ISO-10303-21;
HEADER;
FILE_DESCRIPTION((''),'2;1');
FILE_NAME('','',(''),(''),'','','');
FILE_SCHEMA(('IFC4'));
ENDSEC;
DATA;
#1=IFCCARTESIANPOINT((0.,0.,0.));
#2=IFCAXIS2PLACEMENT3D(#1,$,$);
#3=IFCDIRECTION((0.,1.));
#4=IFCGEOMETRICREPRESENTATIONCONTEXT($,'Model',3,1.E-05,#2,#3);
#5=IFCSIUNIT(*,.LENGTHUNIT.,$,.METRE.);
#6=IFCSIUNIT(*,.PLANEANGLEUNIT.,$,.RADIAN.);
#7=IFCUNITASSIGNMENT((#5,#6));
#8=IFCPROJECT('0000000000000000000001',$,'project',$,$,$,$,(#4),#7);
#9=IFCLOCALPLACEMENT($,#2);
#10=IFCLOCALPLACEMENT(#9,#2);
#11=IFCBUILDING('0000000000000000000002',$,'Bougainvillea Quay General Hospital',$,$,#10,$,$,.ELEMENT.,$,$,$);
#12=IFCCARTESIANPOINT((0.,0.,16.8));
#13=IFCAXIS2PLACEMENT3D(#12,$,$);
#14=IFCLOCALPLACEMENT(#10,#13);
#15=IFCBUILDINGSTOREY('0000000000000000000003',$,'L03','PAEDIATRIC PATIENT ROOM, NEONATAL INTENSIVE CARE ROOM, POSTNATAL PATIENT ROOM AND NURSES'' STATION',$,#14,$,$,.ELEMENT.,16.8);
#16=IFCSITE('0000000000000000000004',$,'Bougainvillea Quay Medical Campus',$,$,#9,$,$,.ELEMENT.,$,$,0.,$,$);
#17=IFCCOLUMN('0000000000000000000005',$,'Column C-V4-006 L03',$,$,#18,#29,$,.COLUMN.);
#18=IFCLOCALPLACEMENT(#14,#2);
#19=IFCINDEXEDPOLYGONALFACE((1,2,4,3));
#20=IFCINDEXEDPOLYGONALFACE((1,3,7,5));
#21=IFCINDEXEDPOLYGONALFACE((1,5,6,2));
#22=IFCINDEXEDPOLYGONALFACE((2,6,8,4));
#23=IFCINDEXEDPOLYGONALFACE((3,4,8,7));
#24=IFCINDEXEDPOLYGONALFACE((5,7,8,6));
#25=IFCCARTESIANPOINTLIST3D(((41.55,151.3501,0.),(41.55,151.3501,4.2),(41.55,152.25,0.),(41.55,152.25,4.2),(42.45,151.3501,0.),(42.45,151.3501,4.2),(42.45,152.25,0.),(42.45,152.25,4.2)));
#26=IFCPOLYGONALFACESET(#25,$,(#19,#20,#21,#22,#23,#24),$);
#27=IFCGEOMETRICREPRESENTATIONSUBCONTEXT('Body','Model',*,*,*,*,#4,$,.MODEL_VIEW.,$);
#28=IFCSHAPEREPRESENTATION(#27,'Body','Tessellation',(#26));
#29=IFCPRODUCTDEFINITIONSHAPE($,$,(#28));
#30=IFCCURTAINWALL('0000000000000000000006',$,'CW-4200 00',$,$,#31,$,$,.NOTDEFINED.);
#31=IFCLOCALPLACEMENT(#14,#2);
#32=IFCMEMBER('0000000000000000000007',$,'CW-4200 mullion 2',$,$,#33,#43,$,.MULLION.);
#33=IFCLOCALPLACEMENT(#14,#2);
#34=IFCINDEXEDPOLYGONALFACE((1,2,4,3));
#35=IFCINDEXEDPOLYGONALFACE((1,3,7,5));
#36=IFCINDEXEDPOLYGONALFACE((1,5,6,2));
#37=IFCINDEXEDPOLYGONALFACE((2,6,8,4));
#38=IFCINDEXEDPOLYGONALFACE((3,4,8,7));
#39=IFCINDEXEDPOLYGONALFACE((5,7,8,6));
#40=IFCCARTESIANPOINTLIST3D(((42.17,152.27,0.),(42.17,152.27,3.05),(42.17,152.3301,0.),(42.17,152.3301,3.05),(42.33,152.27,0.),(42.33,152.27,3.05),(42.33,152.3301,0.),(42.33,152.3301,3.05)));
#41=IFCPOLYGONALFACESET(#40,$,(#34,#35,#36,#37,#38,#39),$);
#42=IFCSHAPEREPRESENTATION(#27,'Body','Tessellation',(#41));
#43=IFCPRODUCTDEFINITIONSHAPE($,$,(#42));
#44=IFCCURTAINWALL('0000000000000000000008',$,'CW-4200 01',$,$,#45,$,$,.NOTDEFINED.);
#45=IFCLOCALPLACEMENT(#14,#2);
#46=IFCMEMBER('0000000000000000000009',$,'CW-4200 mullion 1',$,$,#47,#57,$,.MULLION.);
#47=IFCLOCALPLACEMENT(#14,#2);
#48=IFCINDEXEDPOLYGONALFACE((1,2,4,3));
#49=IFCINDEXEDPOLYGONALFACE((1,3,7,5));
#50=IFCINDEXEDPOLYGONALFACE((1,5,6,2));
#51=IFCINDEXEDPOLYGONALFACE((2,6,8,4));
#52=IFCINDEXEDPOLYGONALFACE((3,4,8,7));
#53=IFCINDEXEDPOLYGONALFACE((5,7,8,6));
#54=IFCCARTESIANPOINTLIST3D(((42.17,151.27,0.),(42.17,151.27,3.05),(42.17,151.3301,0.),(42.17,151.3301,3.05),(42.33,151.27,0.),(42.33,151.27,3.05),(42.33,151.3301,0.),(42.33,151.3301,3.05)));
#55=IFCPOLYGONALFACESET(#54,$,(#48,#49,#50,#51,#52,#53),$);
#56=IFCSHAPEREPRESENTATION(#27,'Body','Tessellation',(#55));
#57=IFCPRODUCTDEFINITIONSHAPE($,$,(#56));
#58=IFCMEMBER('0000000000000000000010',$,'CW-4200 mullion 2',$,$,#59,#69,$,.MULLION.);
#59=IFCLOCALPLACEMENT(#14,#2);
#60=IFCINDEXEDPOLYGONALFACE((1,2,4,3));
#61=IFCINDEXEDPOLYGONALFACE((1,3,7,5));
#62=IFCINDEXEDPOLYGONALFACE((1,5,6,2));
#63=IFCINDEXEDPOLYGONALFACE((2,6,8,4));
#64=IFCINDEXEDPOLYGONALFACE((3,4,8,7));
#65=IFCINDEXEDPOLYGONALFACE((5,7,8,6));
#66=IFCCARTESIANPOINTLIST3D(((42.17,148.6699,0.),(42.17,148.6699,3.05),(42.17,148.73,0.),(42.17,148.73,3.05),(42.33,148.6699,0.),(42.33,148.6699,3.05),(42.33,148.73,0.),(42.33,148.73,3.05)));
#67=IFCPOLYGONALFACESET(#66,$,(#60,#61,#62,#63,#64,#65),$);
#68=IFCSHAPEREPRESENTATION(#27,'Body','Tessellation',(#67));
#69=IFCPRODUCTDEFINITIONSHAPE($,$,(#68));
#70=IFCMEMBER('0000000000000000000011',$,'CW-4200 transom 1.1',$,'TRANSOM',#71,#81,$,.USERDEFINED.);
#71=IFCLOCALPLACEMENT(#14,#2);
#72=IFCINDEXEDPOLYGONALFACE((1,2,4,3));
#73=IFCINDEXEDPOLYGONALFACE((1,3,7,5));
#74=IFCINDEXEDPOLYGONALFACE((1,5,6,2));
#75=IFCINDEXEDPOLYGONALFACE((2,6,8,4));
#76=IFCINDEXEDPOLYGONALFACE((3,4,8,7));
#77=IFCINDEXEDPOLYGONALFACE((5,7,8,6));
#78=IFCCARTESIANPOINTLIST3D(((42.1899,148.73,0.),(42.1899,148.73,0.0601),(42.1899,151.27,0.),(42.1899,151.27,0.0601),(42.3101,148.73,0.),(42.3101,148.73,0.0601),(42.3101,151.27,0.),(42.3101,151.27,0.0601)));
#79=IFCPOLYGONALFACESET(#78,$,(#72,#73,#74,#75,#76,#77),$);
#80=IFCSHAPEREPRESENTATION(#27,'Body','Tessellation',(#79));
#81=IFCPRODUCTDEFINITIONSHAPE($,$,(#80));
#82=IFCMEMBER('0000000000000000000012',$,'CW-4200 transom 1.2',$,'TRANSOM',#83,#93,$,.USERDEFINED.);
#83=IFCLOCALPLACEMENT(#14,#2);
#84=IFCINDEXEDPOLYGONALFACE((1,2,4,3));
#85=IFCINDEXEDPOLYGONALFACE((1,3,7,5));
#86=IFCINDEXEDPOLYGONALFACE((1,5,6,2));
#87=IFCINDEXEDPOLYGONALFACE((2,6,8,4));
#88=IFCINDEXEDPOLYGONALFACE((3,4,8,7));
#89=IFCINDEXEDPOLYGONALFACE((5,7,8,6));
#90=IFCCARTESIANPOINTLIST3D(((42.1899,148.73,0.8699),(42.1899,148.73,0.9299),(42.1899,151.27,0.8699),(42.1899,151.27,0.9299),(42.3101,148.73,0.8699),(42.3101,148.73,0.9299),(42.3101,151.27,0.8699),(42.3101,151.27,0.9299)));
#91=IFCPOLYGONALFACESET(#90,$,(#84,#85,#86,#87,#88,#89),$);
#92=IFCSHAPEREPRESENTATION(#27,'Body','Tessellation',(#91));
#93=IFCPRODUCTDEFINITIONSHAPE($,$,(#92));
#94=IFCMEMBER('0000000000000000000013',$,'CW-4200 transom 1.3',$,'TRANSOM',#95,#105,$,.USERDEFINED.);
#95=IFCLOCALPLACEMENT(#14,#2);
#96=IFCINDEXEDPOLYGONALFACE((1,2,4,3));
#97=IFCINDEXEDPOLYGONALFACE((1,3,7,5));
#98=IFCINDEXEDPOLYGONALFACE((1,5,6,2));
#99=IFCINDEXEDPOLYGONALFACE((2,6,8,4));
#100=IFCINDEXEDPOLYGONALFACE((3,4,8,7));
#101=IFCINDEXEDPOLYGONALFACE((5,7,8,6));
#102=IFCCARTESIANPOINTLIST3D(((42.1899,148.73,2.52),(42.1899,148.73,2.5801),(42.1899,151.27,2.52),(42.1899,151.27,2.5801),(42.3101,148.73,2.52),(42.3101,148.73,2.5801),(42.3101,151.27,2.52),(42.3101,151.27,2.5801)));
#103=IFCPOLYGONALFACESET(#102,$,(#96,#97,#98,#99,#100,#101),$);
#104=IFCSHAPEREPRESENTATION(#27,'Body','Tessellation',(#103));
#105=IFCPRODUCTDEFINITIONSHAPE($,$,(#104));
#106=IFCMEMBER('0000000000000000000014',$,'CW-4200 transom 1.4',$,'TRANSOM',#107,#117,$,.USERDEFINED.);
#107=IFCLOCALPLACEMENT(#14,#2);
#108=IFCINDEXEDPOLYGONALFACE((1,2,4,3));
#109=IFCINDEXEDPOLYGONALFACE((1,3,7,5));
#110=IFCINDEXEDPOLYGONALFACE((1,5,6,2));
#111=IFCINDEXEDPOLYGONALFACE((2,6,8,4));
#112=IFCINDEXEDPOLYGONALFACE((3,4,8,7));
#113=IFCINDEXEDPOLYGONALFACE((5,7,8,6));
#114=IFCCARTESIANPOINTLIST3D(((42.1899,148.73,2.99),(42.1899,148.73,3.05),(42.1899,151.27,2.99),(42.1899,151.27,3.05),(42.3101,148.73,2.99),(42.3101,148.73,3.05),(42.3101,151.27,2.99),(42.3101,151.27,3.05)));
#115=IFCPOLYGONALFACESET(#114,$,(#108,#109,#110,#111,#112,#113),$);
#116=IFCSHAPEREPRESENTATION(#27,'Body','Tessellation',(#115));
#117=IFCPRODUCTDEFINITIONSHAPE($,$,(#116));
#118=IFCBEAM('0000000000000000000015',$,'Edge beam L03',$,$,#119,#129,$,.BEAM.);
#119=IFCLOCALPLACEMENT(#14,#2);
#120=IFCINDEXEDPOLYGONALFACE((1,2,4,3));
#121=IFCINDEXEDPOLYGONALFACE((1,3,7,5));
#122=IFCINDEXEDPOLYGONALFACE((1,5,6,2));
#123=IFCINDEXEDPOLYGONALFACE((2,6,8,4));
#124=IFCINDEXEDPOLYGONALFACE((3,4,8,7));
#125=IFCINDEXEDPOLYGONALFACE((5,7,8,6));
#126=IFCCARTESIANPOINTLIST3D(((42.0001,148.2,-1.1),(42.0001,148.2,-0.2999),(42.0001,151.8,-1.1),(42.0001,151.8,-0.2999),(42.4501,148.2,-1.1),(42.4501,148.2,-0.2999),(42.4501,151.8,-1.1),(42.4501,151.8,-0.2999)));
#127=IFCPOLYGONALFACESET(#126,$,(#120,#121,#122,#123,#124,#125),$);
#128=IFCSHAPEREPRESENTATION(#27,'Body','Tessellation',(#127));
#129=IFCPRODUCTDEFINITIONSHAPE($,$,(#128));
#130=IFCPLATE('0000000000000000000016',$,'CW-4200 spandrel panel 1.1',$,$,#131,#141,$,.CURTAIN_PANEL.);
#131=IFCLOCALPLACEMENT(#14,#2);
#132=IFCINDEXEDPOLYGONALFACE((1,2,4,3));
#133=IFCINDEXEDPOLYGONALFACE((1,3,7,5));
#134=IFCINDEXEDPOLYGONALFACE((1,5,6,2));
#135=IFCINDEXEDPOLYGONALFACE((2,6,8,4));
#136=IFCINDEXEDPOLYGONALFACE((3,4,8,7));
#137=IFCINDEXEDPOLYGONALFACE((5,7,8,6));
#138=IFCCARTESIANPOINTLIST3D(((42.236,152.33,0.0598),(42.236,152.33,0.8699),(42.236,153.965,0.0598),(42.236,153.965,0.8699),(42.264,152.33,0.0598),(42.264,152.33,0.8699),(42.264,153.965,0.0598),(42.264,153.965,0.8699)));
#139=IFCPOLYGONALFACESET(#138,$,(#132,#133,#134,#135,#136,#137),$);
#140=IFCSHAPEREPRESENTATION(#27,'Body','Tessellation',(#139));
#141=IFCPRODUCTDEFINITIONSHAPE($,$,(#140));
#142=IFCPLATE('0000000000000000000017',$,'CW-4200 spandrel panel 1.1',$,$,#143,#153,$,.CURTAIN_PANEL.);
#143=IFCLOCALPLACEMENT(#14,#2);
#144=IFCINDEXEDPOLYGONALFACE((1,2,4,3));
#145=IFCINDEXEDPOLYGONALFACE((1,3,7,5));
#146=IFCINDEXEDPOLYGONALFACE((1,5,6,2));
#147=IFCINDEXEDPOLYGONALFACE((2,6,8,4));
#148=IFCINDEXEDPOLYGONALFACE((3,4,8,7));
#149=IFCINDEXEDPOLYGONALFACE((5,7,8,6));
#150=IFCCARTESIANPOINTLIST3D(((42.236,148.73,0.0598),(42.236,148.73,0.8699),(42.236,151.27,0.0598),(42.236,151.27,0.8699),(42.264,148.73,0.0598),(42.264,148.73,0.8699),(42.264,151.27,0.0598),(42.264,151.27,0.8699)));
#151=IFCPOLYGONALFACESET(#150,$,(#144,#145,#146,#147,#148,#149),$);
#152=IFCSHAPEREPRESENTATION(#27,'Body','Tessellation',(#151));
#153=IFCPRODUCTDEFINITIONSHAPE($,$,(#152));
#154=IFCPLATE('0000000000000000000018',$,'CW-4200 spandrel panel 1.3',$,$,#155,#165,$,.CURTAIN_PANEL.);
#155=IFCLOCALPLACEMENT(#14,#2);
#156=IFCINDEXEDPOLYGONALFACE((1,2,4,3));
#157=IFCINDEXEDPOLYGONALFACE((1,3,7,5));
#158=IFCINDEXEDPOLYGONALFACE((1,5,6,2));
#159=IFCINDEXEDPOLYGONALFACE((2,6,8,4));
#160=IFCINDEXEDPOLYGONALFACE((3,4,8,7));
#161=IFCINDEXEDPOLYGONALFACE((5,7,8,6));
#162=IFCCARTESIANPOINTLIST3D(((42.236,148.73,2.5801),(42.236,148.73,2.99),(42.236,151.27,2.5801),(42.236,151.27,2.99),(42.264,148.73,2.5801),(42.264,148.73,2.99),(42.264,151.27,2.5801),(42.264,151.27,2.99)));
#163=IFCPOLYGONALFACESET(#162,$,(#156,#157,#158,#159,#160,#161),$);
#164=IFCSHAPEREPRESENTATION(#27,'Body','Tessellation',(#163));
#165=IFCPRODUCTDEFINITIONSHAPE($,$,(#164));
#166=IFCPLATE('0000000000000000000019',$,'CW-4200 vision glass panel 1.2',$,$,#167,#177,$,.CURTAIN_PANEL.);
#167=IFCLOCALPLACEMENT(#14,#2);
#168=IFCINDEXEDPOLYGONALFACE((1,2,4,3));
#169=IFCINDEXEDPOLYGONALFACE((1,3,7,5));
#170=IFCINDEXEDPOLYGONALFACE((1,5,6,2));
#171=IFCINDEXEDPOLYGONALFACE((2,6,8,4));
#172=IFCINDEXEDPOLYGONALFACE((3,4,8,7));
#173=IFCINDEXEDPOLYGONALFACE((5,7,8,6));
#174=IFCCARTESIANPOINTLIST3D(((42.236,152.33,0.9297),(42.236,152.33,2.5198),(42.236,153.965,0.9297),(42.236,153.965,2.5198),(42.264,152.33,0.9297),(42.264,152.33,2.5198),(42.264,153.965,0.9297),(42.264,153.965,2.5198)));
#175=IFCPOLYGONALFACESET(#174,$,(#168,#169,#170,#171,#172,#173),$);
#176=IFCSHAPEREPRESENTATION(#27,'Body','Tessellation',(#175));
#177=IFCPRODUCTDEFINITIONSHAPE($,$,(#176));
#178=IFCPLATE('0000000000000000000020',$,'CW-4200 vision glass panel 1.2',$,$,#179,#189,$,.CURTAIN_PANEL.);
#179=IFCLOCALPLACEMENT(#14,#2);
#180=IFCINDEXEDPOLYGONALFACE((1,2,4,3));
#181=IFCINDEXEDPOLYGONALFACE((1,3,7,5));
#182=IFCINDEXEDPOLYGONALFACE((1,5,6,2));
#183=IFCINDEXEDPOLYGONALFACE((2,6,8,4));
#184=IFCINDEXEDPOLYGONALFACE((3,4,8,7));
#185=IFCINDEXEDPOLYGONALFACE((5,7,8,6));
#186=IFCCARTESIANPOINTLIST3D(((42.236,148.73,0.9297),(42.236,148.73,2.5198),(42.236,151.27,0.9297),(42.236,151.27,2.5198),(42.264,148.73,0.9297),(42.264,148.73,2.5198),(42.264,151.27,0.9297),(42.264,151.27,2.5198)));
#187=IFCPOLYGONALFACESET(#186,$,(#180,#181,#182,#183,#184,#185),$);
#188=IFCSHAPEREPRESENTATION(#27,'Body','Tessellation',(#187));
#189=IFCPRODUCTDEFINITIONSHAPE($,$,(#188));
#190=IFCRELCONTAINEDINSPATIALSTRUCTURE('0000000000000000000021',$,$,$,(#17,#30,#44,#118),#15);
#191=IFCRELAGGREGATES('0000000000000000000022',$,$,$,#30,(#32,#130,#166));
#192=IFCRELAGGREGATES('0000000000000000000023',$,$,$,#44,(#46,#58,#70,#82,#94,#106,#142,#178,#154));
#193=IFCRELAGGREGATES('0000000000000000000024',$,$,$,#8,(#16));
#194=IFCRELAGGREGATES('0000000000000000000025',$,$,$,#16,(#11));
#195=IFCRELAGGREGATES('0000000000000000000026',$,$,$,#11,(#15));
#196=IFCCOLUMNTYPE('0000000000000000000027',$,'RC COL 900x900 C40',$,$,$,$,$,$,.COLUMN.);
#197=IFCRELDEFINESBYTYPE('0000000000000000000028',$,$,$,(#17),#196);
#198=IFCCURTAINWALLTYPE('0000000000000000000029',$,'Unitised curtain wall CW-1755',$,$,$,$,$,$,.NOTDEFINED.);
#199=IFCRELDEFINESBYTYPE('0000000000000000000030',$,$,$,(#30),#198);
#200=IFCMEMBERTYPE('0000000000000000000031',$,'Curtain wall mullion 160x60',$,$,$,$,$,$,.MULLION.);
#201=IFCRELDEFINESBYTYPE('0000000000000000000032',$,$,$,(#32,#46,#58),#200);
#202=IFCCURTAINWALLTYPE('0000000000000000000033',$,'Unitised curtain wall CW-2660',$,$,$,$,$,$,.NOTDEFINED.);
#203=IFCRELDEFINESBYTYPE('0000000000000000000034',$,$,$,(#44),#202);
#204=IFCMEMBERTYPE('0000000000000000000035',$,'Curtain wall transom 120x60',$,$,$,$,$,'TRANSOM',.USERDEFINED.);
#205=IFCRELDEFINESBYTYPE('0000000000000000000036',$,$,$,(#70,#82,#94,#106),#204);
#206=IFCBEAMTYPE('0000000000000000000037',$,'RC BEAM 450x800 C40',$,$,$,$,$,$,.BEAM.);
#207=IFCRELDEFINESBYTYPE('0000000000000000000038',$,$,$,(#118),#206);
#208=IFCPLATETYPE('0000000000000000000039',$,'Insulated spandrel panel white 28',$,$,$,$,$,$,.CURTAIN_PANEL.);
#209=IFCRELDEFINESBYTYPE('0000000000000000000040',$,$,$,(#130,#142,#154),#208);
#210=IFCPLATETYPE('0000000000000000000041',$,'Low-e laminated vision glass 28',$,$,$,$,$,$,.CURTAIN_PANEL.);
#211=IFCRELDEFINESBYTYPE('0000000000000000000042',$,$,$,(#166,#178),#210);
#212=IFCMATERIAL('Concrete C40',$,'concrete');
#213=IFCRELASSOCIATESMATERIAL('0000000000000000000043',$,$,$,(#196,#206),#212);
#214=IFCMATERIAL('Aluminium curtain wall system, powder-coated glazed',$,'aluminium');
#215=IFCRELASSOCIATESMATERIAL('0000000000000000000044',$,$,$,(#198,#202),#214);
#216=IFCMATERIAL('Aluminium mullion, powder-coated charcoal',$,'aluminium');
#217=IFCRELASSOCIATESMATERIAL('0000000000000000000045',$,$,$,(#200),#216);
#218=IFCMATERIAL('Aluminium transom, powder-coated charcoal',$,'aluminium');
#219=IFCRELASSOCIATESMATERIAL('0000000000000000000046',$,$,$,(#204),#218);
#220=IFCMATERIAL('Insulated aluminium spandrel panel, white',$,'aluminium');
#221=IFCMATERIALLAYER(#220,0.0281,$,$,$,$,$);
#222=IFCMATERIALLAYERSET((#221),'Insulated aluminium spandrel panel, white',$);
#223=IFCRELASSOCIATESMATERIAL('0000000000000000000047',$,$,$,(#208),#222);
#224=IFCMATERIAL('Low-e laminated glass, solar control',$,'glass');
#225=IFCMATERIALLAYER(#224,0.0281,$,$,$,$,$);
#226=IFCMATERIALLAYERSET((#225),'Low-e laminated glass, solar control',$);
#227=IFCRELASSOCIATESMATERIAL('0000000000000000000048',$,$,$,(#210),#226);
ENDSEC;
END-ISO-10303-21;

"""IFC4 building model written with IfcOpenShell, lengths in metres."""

from ifc_helpers import new_model, si_unit, direction, frame, origin, origin_2d, place, context, subcontext, project, spatial, rectangle, extrude, material, layer, layer_set, material_profile, profile_set, type_object, element, aggregate, save


model = new_model("IFC4")

# Units and contexts
model_context = context("Model", 3, precision=1e-05, world=origin(), true_north=direction((0.0, 1.0)))
body_context = subcontext(model_context, "Body", "Model", "MODEL_VIEW")
ifc_project = project(units=[si_unit("LENGTHUNIT", "METRE"), si_unit("PLANEANGLEUNIT", "RADIAN")], contexts=[model_context])

# Site, building, storey
site_placement = place(None, origin())
site = spatial("IfcSite", under=ifc_project, at=site_placement, Name="Bougainvillea Quay Medical Campus", CompositionType="ELEMENT", RefElevation=0.0)
building_placement = place(site_placement, origin())
building = spatial("IfcBuilding", under=site, at=building_placement, Name="Bougainvillea Quay General Hospital", CompositionType="ELEMENT")
storey_placement = place(building_placement, frame((0.0, 0.0, 16.8)))
storey = spatial("IfcBuildingStorey", under=building, at=storey_placement, Name="L03", Description="PAEDIATRIC PATIENT ROOM, NEONATAL INTENSIVE CARE ROOM, POSTNATAL PATIENT ROOM AND NURSES' STATION", CompositionType="ELEMENT", Elevation=16.8)

# Column
ifc_material_1 = material(Name="Concrete C40", Category="concrete")
ifc_material_profile_1 = material_profile(ifc_material_1, rectangle(XDim=0.8999, YDim=0.8999, at=origin_2d()))
ifc_profile_set_1 = profile_set([ifc_material_profile_1], Name="Concrete C40")
column_type = type_object("IfcColumnType", Name="RC COL 900x900 C40", PredefinedType="COLUMN", material=ifc_profile_set_1)
column_placement = place(storey_placement, frame((42.0, 151.8, 0.0), z_axis=(0.0, 0.0, 1.0), x_axis=(1.0, 0.0, 0.0)))
element("IfcColumn", 1, at=column_placement, inside=storey, type_object=column_type, Name="Column C-V4-006 L03", PredefinedType="COLUMN", context=body_context, shape_type="SweptSolid", body=[
    extrude(rectangle(XDim=0.8999, YDim=0.8999, at=origin_2d()), origin(), (0.0, 0.0, 1.0), 4.2),
])

# Curtain wall, member
ifc_material_2 = material(Name="Aluminium curtain wall system, powder-coated glazed", Category="aluminium")
curtain_wall_type_1 = type_object("IfcCurtainWallType", Name="Unitised curtain wall CW-1755", PredefinedType="NOTDEFINED", material=ifc_material_2)
curtain_wall_1_placement = place(storey_placement, origin())
curtain_wall_1 = element("IfcCurtainWall", 2, at=curtain_wall_1_placement, inside=storey, type_object=curtain_wall_type_1, Name="CW-4200 00", PredefinedType="NOTDEFINED")
ifc_material_3 = material(Name="Aluminium mullion, powder-coated charcoal", Category="aluminium")
ifc_material_profile_2 = material_profile(ifc_material_3, rectangle(XDim=0.1599, YDim=0.0601, at=origin_2d()))
ifc_profile_set_2 = profile_set([ifc_material_profile_2], Name="Aluminium mullion, powder-coated charcoal")
member_type_1 = type_object("IfcMemberType", Name="Curtain wall mullion 160x60", PredefinedType="MULLION", material=ifc_profile_set_2)
member_1_placement = place(storey_placement, frame((42.25, 152.3, 0.0), z_axis=(0.0, 0.0, 1.0), x_axis=(1.0, 0.0, 0.0)))
member_1 = element("IfcMember", 3, at=member_1_placement, type_object=member_type_1, Name="CW-4200 mullion 2", PredefinedType="MULLION", context=body_context, shape_type="SweptSolid", body=[
    extrude(rectangle(XDim=0.1599, YDim=0.0601, at=origin_2d()), origin(), (0.0, 0.0, 1.0), 3.05),
])

# Curtain wall, members
curtain_wall_type_2 = type_object("IfcCurtainWallType", Name="Unitised curtain wall CW-2660", PredefinedType="NOTDEFINED", material=ifc_material_2)
curtain_wall_2_placement = place(storey_placement, origin())
curtain_wall_2 = element("IfcCurtainWall", 4, at=curtain_wall_2_placement, inside=storey, type_object=curtain_wall_type_2, Name="CW-4200 01", PredefinedType="NOTDEFINED")
member_2_placement = place(storey_placement, frame((42.25, 151.3, 0.0), z_axis=(0.0, 0.0, 1.0), x_axis=(1.0, 0.0, 0.0)))
member_2 = element("IfcMember", 5, at=member_2_placement, type_object=member_type_1, Name="CW-4200 mullion 1", PredefinedType="MULLION", context=body_context, shape_type="SweptSolid", body=[
    extrude(rectangle(XDim=0.1599, YDim=0.0601, at=origin_2d()), origin(), (0.0, 0.0, 1.0), 3.05),
])
member_3_placement = place(storey_placement, frame((42.25, 148.7, 0.0), z_axis=(0.0, 0.0, 1.0), x_axis=(1.0, 0.0, 0.0)))
member_3 = element("IfcMember", 6, at=member_3_placement, type_object=member_type_1, Name="CW-4200 mullion 2", PredefinedType="MULLION", context=body_context, shape_type="SweptSolid", body=[
    extrude(rectangle(XDim=0.1599, YDim=0.0601, at=origin_2d()), origin(), (0.0, 0.0, 1.0), 3.05),
])
ifc_material_4 = material(Name="Aluminium transom, powder-coated charcoal", Category="aluminium")
ifc_material_profile_3 = material_profile(ifc_material_4, rectangle(XDim=0.1201, YDim=0.0601, at=origin_2d()))
ifc_profile_set_3 = profile_set([ifc_material_profile_3], Name="Aluminium transom, powder-coated charcoal")
member_type_2 = type_object("IfcMemberType", Name="Curtain wall transom 120x60", ElementType="TRANSOM", PredefinedType="USERDEFINED", material=ifc_profile_set_3)
member_4_placement = place(storey_placement, frame((42.25, 151.27, 0.03), z_axis=(0.0, -1.0, 0.0), x_axis=(1.0, 0.0, 0.0)))
member_4 = element("IfcMember", 7, at=member_4_placement, type_object=member_type_2, Name="CW-4200 transom 1.1", ObjectType="TRANSOM", PredefinedType="USERDEFINED", context=body_context, shape_type="SweptSolid", body=[
    extrude(rectangle(XDim=0.1201, YDim=0.0601, at=origin_2d()), origin(), (0.0, 0.0, 1.0), 2.54),
])
member_5_placement = place(storey_placement, frame((42.25, 151.27, 0.8999), z_axis=(0.0, -1.0, 0.0), x_axis=(1.0, 0.0, 0.0)))
member_5 = element("IfcMember", 8, at=member_5_placement, type_object=member_type_2, Name="CW-4200 transom 1.2", ObjectType="TRANSOM", PredefinedType="USERDEFINED", context=body_context, shape_type="SweptSolid", body=[
    extrude(rectangle(XDim=0.1201, YDim=0.0601, at=origin_2d()), origin(), (0.0, 0.0, 1.0), 2.54),
])
member_6_placement = place(storey_placement, frame((42.25, 151.27, 2.55), z_axis=(0.0, -1.0, 0.0), x_axis=(1.0, 0.0, 0.0)))
member_6 = element("IfcMember", 9, at=member_6_placement, type_object=member_type_2, Name="CW-4200 transom 1.3", ObjectType="TRANSOM", PredefinedType="USERDEFINED", context=body_context, shape_type="SweptSolid", body=[
    extrude(rectangle(XDim=0.1201, YDim=0.0601, at=origin_2d()), origin(), (0.0, 0.0, 1.0), 2.54),
])
member_7_placement = place(storey_placement, frame((42.25, 151.27, 3.02), z_axis=(0.0, -1.0, 0.0), x_axis=(1.0, 0.0, 0.0)))
member_7 = element("IfcMember", 10, at=member_7_placement, type_object=member_type_2, Name="CW-4200 transom 1.4", ObjectType="TRANSOM", PredefinedType="USERDEFINED", context=body_context, shape_type="SweptSolid", body=[
    extrude(rectangle(XDim=0.1201, YDim=0.0601, at=origin_2d()), origin(), (0.0, 0.0, 1.0), 2.54),
])

# Beam
ifc_material_profile_4 = material_profile(ifc_material_1, rectangle(XDim=0.45, YDim=0.8, at=origin_2d()))
ifc_profile_set_4 = profile_set([ifc_material_profile_4], Name="Concrete C40")
beam_type = type_object("IfcBeamType", Name="RC BEAM 450x800 C40", PredefinedType="BEAM", material=ifc_profile_set_4)
beam_placement = place(storey_placement, frame((42.2251, 151.8, -0.7), z_axis=(0.0, -1.0, 0.0), x_axis=(1.0, 0.0, 0.0)))
element("IfcBeam", 11, at=beam_placement, inside=storey, type_object=beam_type, Name="Edge beam L03", PredefinedType="BEAM", context=body_context, shape_type="SweptSolid", body=[
    extrude(rectangle(XDim=0.45, YDim=0.8, at=origin_2d()), origin(), (0.0, 0.0, 1.0), 3.6001),
])

# Plates
ifc_material_5 = material(Name="Insulated aluminium spandrel panel, white", Category="aluminium")
ifc_layer_1 = layer(ifc_material_5, 0.0281)
ifc_layer_set_1 = layer_set([ifc_layer_1], Name="Insulated aluminium spandrel panel, white")
plate_type_1 = type_object("IfcPlateType", Name="Insulated spandrel panel white 28", PredefinedType="CURTAIN_PANEL", material=ifc_layer_set_1)
plate_1_placement = place(storey_placement, frame((42.25, 153.1475, 0.0598), z_axis=(0.0, 0.0, 1.0), x_axis=(0.0, -1.0, 0.0)))
plate_1 = element("IfcPlate", 12, at=plate_1_placement, type_object=plate_type_1, Name="CW-4200 spandrel panel 1.1", PredefinedType="CURTAIN_PANEL", context=body_context, shape_type="SweptSolid", body=[
    extrude(rectangle(XDim=1.635, YDim=0.0281, at=origin_2d()), origin(), (0.0, 0.0, 1.0), 0.8101),
])
plate_2_placement = place(storey_placement, frame((42.25, 150.0, 0.0598), z_axis=(0.0, 0.0, 1.0), x_axis=(0.0, -1.0, 0.0)))
plate_2 = element("IfcPlate", 13, at=plate_2_placement, type_object=plate_type_1, Name="CW-4200 spandrel panel 1.1", PredefinedType="CURTAIN_PANEL", context=body_context, shape_type="SweptSolid", body=[
    extrude(rectangle(XDim=2.54, YDim=0.0281, at=origin_2d()), origin(), (0.0, 0.0, 1.0), 0.8101),
])
plate_3_placement = place(storey_placement, frame((42.25, 150.0, 2.5801), z_axis=(0.0, 0.0, 1.0), x_axis=(0.0, -1.0, 0.0)))
plate_3 = element("IfcPlate", 14, at=plate_3_placement, type_object=plate_type_1, Name="CW-4200 spandrel panel 1.3", PredefinedType="CURTAIN_PANEL", context=body_context, shape_type="SweptSolid", body=[
    extrude(rectangle(XDim=2.54, YDim=0.0281, at=origin_2d()), origin(), (0.0, 0.0, 1.0), 0.4099),
])
ifc_material_6 = material(Name="Low-e laminated glass, solar control", Category="glass")
ifc_layer_2 = layer(ifc_material_6, 0.0281)
ifc_layer_set_2 = layer_set([ifc_layer_2], Name="Low-e laminated glass, solar control")
plate_type_2 = type_object("IfcPlateType", Name="Low-e laminated vision glass 28", PredefinedType="CURTAIN_PANEL", material=ifc_layer_set_2)
plate_4_placement = place(storey_placement, frame((42.25, 153.1475, 0.9297), z_axis=(0.0, 0.0, 1.0), x_axis=(0.0, -1.0, 0.0)))
plate_4 = element("IfcPlate", 15, at=plate_4_placement, type_object=plate_type_2, Name="CW-4200 vision glass panel 1.2", PredefinedType="CURTAIN_PANEL", context=body_context, shape_type="SweptSolid", body=[
    extrude(rectangle(XDim=1.635, YDim=0.0281, at=origin_2d()), origin(), (0.0, 0.0, 1.0), 1.5901),
])
aggregate(curtain_wall_1, [member_1, plate_1, plate_4])
plate_5_placement = place(storey_placement, frame((42.25, 150.0, 0.9297), z_axis=(0.0, 0.0, 1.0), x_axis=(0.0, -1.0, 0.0)))
plate_5 = element("IfcPlate", 16, at=plate_5_placement, type_object=plate_type_2, Name="CW-4200 vision glass panel 1.2", PredefinedType="CURTAIN_PANEL", context=body_context, shape_type="SweptSolid", body=[
    extrude(rectangle(XDim=2.54, YDim=0.0281, at=origin_2d()), origin(), (0.0, 0.0, 1.0), 1.5901),
])
aggregate(curtain_wall_2, [member_2, member_3, member_4, member_5, member_6, member_7, plate_2, plate_5, plate_3])

save(model, "model.ifc")
